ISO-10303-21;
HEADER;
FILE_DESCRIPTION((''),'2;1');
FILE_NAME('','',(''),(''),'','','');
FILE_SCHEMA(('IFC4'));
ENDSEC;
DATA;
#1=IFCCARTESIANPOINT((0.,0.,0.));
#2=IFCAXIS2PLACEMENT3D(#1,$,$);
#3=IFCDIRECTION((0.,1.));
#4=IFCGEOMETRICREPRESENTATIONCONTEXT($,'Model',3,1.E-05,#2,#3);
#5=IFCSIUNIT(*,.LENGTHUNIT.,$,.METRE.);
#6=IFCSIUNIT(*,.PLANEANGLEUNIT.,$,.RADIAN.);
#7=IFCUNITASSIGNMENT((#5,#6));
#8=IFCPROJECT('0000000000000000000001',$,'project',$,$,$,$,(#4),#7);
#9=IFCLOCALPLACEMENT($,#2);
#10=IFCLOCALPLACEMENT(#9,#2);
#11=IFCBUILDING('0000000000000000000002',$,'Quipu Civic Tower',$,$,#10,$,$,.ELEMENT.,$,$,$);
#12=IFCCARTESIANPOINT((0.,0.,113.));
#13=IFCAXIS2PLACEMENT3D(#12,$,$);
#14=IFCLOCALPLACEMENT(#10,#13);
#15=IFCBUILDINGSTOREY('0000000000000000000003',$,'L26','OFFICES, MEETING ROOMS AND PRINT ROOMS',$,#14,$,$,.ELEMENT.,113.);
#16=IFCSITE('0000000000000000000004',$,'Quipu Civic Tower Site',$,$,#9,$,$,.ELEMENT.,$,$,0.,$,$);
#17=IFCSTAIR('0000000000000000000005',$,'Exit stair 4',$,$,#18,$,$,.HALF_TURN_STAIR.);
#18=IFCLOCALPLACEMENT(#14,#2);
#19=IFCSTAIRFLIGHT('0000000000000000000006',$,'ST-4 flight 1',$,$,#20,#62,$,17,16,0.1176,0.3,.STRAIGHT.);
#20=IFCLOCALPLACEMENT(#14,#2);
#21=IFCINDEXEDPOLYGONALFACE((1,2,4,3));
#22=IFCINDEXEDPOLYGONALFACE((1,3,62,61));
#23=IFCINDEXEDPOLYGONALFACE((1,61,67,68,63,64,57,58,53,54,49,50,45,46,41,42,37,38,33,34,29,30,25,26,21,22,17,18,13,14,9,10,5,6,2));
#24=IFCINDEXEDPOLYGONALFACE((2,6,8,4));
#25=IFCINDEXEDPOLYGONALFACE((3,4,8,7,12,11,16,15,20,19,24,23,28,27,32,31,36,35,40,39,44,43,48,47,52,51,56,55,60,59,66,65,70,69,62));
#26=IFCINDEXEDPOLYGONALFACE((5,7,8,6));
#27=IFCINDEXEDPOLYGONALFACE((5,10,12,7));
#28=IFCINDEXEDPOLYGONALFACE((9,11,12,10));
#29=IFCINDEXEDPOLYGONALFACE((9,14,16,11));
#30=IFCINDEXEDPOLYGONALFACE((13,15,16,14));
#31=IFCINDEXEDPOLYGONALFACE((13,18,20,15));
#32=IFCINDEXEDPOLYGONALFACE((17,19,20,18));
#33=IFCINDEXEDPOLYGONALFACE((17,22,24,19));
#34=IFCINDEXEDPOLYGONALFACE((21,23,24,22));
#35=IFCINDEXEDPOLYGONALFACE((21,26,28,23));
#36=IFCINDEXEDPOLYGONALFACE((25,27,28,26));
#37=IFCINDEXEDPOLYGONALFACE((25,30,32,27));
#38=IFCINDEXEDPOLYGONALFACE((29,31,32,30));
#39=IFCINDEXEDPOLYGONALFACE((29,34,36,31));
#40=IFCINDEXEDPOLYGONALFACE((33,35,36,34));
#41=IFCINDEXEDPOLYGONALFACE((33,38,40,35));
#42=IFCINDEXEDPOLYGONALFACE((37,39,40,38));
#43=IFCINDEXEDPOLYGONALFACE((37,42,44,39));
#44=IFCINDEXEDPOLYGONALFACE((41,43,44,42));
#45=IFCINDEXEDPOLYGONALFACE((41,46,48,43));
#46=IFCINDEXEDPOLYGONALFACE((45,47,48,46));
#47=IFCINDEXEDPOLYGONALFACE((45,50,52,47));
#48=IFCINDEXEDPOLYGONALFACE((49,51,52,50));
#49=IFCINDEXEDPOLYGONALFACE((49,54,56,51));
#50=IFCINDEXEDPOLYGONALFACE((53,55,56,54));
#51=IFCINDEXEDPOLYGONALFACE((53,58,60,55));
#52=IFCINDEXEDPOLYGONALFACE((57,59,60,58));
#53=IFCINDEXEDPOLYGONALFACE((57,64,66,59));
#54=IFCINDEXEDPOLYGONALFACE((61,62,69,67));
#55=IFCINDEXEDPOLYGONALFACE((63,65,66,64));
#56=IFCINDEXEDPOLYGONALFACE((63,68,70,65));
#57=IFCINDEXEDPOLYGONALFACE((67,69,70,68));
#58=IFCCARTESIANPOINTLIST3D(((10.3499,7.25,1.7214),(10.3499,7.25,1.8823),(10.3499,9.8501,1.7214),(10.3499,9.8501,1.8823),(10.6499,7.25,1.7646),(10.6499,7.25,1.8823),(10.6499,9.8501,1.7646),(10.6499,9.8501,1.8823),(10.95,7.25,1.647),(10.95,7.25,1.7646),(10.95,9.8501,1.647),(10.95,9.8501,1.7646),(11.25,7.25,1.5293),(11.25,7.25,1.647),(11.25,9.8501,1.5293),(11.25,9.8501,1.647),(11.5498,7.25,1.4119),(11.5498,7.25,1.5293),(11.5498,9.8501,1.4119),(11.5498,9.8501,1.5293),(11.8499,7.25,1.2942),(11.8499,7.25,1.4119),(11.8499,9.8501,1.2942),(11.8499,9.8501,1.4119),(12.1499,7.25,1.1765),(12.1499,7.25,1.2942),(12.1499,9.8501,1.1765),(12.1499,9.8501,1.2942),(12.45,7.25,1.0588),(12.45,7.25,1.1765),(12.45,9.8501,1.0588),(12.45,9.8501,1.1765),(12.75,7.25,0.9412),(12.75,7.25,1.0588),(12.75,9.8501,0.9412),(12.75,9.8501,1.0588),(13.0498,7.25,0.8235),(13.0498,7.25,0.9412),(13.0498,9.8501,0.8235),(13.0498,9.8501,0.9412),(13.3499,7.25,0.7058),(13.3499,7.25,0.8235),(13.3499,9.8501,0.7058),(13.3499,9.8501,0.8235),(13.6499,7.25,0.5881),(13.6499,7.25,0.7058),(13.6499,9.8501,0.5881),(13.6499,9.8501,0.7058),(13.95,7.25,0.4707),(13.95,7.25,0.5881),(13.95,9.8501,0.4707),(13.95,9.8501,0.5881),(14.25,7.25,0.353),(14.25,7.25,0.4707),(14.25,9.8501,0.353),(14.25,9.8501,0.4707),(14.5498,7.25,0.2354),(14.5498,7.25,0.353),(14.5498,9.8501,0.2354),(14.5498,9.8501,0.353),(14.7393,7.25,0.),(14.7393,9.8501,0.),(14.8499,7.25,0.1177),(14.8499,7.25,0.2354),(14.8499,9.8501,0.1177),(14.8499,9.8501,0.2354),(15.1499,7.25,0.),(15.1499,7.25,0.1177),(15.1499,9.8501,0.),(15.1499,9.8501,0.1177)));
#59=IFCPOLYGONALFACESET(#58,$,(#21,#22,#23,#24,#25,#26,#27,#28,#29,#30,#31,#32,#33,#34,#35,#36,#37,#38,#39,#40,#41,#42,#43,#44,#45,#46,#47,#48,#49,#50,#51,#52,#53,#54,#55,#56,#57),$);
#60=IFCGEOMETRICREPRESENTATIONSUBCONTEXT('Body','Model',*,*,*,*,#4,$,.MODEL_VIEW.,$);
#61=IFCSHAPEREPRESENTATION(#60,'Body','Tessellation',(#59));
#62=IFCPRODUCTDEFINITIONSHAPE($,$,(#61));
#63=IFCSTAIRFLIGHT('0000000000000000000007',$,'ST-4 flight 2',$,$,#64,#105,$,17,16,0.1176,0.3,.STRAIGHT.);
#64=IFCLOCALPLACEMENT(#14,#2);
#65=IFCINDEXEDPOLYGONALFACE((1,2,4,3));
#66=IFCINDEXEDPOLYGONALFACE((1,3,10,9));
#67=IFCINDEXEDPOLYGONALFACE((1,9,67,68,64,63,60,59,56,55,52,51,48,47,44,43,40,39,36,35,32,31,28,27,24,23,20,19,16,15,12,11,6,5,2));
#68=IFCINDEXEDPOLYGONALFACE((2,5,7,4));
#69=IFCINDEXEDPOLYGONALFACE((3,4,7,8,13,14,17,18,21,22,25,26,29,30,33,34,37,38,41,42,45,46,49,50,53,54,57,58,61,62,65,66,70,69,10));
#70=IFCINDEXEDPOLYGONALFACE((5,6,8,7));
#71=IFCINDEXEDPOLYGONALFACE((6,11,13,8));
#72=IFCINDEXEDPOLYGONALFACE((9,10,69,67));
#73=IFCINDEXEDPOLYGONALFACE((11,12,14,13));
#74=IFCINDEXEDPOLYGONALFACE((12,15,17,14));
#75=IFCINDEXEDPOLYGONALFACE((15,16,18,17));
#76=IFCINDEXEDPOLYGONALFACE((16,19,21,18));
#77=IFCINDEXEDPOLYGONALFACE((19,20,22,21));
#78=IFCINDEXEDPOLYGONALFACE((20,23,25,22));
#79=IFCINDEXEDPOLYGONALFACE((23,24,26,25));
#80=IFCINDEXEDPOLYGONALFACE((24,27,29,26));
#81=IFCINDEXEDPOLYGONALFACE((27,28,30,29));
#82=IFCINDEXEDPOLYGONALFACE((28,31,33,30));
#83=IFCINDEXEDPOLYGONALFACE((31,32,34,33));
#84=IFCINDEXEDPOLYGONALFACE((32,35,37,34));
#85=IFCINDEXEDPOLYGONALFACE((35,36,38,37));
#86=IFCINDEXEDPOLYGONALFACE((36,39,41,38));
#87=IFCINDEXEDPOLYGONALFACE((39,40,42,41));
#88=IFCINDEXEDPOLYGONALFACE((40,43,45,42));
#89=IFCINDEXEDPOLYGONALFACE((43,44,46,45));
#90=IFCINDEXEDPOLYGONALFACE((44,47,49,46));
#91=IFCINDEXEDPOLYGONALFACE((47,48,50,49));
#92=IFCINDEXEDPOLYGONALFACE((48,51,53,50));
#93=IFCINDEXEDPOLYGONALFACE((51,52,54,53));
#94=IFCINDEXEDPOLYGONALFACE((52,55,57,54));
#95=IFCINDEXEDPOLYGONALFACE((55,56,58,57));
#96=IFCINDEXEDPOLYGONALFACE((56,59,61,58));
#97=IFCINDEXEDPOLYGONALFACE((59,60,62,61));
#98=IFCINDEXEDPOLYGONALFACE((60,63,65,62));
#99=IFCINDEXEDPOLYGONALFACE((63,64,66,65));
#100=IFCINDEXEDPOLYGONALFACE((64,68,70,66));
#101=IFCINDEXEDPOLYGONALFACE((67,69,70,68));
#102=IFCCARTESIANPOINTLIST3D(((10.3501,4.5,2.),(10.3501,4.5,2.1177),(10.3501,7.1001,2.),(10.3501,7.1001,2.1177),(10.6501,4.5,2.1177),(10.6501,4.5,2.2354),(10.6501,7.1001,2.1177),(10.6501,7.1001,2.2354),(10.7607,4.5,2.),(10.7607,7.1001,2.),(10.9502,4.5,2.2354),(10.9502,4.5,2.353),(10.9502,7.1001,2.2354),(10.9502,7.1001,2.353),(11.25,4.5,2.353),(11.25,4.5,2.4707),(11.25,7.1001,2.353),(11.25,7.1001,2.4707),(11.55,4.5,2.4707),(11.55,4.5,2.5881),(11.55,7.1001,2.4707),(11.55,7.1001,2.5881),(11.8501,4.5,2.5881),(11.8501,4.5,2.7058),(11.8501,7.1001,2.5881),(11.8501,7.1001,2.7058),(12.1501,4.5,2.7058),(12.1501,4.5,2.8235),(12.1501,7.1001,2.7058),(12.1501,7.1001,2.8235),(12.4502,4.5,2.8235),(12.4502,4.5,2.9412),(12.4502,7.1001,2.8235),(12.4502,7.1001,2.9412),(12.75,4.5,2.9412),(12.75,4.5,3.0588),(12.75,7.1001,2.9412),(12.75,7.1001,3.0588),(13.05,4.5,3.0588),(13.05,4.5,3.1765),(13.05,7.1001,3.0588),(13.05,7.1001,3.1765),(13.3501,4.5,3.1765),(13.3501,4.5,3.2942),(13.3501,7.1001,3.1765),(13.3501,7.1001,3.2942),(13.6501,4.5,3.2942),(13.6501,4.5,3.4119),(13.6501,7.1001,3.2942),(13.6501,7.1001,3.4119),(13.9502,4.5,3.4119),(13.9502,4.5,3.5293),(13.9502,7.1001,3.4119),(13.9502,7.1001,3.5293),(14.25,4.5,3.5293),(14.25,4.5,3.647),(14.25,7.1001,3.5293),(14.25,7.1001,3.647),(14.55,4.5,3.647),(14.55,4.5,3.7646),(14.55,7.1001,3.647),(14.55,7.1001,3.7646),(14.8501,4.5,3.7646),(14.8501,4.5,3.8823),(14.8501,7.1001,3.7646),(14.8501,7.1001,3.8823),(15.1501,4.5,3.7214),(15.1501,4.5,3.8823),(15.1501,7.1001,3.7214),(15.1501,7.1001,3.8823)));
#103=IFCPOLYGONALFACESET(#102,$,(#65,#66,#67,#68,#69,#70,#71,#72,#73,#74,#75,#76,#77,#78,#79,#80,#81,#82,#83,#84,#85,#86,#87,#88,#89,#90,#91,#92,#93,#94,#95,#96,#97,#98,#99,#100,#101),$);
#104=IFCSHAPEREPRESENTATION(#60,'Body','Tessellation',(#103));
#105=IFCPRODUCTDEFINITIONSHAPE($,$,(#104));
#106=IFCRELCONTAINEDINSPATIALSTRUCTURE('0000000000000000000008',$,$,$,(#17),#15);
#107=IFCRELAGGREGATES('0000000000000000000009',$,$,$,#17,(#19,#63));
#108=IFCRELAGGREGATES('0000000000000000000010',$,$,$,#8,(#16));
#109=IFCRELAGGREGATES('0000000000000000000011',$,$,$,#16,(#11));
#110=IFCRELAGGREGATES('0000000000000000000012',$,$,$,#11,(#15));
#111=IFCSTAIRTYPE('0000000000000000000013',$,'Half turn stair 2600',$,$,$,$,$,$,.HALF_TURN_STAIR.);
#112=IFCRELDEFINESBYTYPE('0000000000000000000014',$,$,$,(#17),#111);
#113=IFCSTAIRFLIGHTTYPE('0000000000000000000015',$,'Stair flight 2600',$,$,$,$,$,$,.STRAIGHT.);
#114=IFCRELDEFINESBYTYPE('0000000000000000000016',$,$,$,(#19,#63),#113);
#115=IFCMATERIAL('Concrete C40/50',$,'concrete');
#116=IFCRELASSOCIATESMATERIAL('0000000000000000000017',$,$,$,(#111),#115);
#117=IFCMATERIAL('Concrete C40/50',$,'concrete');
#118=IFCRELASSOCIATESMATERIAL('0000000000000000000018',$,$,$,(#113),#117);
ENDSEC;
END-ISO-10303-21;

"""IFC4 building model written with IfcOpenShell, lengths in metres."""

from ifc_helpers import new_model, si_unit, direction, frame, origin, place, context, subcontext, project, spatial, polyline, outline, extrude, material, type_object, element, aggregate, save


model = new_model("IFC4")

# Units and contexts
model_context = context("Model", 3, precision=1e-05, world=origin(), true_north=direction((0.0, 1.0)))
body_context = subcontext(model_context, "Body", "Model", "MODEL_VIEW")
ifc_project = project(units=[si_unit("LENGTHUNIT", "METRE"), si_unit("PLANEANGLEUNIT", "RADIAN")], contexts=[model_context])

# Site, building, storey
site_placement = place(None, origin())
site = spatial("IfcSite", under=ifc_project, at=site_placement, Name="Quipu Civic Tower Site", CompositionType="ELEMENT", RefElevation=0.0)
building_placement = place(site_placement, origin())
building = spatial("IfcBuilding", under=site, at=building_placement, Name="Quipu Civic Tower", CompositionType="ELEMENT")
storey_placement = place(building_placement, frame((0.0, 0.0, 113.0)))
storey = spatial("IfcBuildingStorey", under=building, at=storey_placement, Name="L26", Description="OFFICES, MEETING ROOMS AND PRINT ROOMS", CompositionType="ELEMENT", Elevation=113.0)

# Stair, stair flights
ifc_material_1 = material(Name="Concrete C40/50", Category="concrete")
stair_type = type_object("IfcStairType", Name="Half turn stair 2600", PredefinedType="HALF_TURN_STAIR", material=ifc_material_1)
stair_placement = place(storey_placement, origin())
stair = element("IfcStair", 1, at=stair_placement, inside=storey, type_object=stair_type, Name="Exit stair 4", PredefinedType="HALF_TURN_STAIR")
ifc_material_2 = material(Name="Concrete C40/50", Category="concrete")
stair_flight_type = type_object("IfcStairFlightType", Name="Stair flight 2600", PredefinedType="STRAIGHT", material=ifc_material_2)
stair_flight_1_placement = place(storey_placement, frame((15.1499, 8.55, 0.0), z_axis=(0.0, 0.0, 1.0), x_axis=(-1.0, 0.0, 0.0)))
stair_flight_1 = element("IfcStairFlight", 2, at=stair_flight_1_placement, type_object=stair_flight_type, Name="ST-4 flight 1", NumberOfRisers=17, NumberOfTreads=16, PredefinedType="STRAIGHT", RiserHeight=0.1176, TreadLength=0.3, context=body_context, shape_type="SweptSolid", body=[
    extrude(outline(polyline([(0.0, 0.0), (0.0, 0.1177), (0.3, 0.1177), (0.3, 0.2354), (0.6001, 0.2354), (0.6001, 0.353), (0.8999, 0.353), (0.8999, 0.4707), (1.2, 0.4707), (1.2, 0.5881), (1.5, 0.5881), (1.5, 0.7058), (1.8, 0.7058), (1.8, 0.8235), (2.1001, 0.8235), (2.1001, 0.9412), (2.3999, 0.9412), (2.3999, 1.0588), (2.7, 1.0588), (2.7, 1.1765), (3.0, 1.1765), (3.0, 1.2942), (3.3, 1.2942), (3.3, 1.4119), (3.6001, 1.4119), (3.6001, 1.5293), (3.8999, 1.5293), (3.8999, 1.647), (4.2, 1.647), (4.2, 1.7646), (4.5, 1.7646), (4.5, 1.8823), (4.8, 1.8823), (4.8, 2.0), (4.8, 1.7214), (0.4106, 0.0), (0.0, 0.0)])), frame((0.0, 1.3, 0.0), z_axis=(0.0, -1.0, 0.0), x_axis=(1.0, 0.0, 0.0)), (0.0, 0.0, 1.0), 2.6001),
])
stair_flight_2_placement = place(storey_placement, frame((10.3501, 5.8, 2.0), z_axis=(0.0, 0.0, 1.0), x_axis=(1.0, 0.0, 0.0)))
stair_flight_2 = element("IfcStairFlight", 3, at=stair_flight_2_placement, type_object=stair_flight_type, Name="ST-4 flight 2", NumberOfRisers=17, NumberOfTreads=16, PredefinedType="STRAIGHT", RiserHeight=0.1176, TreadLength=0.3, context=body_context, shape_type="SweptSolid", body=[
    extrude(outline(polyline([(0.0, 0.0), (0.0, 0.1177), (0.3, 0.1177), (0.3, 0.2354), (0.6001, 0.2354), (0.6001, 0.353), (0.8999, 0.353), (0.8999, 0.4707), (1.2, 0.4707), (1.2, 0.5881), (1.5, 0.5881), (1.5, 0.7058), (1.8, 0.7058), (1.8, 0.8235), (2.1001, 0.8235), (2.1001, 0.9412), (2.3999, 0.9412), (2.3999, 1.0588), (2.7, 1.0588), (2.7, 1.1765), (3.0, 1.1765), (3.0, 1.2942), (3.3, 1.2942), (3.3, 1.4119), (3.6001, 1.4119), (3.6001, 1.5293), (3.8999, 1.5293), (3.8999, 1.647), (4.2, 1.647), (4.2, 1.7646), (4.5, 1.7646), (4.5, 1.8823), (4.8, 1.8823), (4.8, 2.0), (4.8, 1.7214), (0.4106, 0.0), (0.0, 0.0)])), frame((0.0, 1.3, 0.0), z_axis=(0.0, -1.0, 0.0), x_axis=(1.0, 0.0, 0.0)), (0.0, 0.0, 1.0), 2.6001),
])
aggregate(stair, [stair_flight_1, stair_flight_2])

save(model, "model.ifc")
